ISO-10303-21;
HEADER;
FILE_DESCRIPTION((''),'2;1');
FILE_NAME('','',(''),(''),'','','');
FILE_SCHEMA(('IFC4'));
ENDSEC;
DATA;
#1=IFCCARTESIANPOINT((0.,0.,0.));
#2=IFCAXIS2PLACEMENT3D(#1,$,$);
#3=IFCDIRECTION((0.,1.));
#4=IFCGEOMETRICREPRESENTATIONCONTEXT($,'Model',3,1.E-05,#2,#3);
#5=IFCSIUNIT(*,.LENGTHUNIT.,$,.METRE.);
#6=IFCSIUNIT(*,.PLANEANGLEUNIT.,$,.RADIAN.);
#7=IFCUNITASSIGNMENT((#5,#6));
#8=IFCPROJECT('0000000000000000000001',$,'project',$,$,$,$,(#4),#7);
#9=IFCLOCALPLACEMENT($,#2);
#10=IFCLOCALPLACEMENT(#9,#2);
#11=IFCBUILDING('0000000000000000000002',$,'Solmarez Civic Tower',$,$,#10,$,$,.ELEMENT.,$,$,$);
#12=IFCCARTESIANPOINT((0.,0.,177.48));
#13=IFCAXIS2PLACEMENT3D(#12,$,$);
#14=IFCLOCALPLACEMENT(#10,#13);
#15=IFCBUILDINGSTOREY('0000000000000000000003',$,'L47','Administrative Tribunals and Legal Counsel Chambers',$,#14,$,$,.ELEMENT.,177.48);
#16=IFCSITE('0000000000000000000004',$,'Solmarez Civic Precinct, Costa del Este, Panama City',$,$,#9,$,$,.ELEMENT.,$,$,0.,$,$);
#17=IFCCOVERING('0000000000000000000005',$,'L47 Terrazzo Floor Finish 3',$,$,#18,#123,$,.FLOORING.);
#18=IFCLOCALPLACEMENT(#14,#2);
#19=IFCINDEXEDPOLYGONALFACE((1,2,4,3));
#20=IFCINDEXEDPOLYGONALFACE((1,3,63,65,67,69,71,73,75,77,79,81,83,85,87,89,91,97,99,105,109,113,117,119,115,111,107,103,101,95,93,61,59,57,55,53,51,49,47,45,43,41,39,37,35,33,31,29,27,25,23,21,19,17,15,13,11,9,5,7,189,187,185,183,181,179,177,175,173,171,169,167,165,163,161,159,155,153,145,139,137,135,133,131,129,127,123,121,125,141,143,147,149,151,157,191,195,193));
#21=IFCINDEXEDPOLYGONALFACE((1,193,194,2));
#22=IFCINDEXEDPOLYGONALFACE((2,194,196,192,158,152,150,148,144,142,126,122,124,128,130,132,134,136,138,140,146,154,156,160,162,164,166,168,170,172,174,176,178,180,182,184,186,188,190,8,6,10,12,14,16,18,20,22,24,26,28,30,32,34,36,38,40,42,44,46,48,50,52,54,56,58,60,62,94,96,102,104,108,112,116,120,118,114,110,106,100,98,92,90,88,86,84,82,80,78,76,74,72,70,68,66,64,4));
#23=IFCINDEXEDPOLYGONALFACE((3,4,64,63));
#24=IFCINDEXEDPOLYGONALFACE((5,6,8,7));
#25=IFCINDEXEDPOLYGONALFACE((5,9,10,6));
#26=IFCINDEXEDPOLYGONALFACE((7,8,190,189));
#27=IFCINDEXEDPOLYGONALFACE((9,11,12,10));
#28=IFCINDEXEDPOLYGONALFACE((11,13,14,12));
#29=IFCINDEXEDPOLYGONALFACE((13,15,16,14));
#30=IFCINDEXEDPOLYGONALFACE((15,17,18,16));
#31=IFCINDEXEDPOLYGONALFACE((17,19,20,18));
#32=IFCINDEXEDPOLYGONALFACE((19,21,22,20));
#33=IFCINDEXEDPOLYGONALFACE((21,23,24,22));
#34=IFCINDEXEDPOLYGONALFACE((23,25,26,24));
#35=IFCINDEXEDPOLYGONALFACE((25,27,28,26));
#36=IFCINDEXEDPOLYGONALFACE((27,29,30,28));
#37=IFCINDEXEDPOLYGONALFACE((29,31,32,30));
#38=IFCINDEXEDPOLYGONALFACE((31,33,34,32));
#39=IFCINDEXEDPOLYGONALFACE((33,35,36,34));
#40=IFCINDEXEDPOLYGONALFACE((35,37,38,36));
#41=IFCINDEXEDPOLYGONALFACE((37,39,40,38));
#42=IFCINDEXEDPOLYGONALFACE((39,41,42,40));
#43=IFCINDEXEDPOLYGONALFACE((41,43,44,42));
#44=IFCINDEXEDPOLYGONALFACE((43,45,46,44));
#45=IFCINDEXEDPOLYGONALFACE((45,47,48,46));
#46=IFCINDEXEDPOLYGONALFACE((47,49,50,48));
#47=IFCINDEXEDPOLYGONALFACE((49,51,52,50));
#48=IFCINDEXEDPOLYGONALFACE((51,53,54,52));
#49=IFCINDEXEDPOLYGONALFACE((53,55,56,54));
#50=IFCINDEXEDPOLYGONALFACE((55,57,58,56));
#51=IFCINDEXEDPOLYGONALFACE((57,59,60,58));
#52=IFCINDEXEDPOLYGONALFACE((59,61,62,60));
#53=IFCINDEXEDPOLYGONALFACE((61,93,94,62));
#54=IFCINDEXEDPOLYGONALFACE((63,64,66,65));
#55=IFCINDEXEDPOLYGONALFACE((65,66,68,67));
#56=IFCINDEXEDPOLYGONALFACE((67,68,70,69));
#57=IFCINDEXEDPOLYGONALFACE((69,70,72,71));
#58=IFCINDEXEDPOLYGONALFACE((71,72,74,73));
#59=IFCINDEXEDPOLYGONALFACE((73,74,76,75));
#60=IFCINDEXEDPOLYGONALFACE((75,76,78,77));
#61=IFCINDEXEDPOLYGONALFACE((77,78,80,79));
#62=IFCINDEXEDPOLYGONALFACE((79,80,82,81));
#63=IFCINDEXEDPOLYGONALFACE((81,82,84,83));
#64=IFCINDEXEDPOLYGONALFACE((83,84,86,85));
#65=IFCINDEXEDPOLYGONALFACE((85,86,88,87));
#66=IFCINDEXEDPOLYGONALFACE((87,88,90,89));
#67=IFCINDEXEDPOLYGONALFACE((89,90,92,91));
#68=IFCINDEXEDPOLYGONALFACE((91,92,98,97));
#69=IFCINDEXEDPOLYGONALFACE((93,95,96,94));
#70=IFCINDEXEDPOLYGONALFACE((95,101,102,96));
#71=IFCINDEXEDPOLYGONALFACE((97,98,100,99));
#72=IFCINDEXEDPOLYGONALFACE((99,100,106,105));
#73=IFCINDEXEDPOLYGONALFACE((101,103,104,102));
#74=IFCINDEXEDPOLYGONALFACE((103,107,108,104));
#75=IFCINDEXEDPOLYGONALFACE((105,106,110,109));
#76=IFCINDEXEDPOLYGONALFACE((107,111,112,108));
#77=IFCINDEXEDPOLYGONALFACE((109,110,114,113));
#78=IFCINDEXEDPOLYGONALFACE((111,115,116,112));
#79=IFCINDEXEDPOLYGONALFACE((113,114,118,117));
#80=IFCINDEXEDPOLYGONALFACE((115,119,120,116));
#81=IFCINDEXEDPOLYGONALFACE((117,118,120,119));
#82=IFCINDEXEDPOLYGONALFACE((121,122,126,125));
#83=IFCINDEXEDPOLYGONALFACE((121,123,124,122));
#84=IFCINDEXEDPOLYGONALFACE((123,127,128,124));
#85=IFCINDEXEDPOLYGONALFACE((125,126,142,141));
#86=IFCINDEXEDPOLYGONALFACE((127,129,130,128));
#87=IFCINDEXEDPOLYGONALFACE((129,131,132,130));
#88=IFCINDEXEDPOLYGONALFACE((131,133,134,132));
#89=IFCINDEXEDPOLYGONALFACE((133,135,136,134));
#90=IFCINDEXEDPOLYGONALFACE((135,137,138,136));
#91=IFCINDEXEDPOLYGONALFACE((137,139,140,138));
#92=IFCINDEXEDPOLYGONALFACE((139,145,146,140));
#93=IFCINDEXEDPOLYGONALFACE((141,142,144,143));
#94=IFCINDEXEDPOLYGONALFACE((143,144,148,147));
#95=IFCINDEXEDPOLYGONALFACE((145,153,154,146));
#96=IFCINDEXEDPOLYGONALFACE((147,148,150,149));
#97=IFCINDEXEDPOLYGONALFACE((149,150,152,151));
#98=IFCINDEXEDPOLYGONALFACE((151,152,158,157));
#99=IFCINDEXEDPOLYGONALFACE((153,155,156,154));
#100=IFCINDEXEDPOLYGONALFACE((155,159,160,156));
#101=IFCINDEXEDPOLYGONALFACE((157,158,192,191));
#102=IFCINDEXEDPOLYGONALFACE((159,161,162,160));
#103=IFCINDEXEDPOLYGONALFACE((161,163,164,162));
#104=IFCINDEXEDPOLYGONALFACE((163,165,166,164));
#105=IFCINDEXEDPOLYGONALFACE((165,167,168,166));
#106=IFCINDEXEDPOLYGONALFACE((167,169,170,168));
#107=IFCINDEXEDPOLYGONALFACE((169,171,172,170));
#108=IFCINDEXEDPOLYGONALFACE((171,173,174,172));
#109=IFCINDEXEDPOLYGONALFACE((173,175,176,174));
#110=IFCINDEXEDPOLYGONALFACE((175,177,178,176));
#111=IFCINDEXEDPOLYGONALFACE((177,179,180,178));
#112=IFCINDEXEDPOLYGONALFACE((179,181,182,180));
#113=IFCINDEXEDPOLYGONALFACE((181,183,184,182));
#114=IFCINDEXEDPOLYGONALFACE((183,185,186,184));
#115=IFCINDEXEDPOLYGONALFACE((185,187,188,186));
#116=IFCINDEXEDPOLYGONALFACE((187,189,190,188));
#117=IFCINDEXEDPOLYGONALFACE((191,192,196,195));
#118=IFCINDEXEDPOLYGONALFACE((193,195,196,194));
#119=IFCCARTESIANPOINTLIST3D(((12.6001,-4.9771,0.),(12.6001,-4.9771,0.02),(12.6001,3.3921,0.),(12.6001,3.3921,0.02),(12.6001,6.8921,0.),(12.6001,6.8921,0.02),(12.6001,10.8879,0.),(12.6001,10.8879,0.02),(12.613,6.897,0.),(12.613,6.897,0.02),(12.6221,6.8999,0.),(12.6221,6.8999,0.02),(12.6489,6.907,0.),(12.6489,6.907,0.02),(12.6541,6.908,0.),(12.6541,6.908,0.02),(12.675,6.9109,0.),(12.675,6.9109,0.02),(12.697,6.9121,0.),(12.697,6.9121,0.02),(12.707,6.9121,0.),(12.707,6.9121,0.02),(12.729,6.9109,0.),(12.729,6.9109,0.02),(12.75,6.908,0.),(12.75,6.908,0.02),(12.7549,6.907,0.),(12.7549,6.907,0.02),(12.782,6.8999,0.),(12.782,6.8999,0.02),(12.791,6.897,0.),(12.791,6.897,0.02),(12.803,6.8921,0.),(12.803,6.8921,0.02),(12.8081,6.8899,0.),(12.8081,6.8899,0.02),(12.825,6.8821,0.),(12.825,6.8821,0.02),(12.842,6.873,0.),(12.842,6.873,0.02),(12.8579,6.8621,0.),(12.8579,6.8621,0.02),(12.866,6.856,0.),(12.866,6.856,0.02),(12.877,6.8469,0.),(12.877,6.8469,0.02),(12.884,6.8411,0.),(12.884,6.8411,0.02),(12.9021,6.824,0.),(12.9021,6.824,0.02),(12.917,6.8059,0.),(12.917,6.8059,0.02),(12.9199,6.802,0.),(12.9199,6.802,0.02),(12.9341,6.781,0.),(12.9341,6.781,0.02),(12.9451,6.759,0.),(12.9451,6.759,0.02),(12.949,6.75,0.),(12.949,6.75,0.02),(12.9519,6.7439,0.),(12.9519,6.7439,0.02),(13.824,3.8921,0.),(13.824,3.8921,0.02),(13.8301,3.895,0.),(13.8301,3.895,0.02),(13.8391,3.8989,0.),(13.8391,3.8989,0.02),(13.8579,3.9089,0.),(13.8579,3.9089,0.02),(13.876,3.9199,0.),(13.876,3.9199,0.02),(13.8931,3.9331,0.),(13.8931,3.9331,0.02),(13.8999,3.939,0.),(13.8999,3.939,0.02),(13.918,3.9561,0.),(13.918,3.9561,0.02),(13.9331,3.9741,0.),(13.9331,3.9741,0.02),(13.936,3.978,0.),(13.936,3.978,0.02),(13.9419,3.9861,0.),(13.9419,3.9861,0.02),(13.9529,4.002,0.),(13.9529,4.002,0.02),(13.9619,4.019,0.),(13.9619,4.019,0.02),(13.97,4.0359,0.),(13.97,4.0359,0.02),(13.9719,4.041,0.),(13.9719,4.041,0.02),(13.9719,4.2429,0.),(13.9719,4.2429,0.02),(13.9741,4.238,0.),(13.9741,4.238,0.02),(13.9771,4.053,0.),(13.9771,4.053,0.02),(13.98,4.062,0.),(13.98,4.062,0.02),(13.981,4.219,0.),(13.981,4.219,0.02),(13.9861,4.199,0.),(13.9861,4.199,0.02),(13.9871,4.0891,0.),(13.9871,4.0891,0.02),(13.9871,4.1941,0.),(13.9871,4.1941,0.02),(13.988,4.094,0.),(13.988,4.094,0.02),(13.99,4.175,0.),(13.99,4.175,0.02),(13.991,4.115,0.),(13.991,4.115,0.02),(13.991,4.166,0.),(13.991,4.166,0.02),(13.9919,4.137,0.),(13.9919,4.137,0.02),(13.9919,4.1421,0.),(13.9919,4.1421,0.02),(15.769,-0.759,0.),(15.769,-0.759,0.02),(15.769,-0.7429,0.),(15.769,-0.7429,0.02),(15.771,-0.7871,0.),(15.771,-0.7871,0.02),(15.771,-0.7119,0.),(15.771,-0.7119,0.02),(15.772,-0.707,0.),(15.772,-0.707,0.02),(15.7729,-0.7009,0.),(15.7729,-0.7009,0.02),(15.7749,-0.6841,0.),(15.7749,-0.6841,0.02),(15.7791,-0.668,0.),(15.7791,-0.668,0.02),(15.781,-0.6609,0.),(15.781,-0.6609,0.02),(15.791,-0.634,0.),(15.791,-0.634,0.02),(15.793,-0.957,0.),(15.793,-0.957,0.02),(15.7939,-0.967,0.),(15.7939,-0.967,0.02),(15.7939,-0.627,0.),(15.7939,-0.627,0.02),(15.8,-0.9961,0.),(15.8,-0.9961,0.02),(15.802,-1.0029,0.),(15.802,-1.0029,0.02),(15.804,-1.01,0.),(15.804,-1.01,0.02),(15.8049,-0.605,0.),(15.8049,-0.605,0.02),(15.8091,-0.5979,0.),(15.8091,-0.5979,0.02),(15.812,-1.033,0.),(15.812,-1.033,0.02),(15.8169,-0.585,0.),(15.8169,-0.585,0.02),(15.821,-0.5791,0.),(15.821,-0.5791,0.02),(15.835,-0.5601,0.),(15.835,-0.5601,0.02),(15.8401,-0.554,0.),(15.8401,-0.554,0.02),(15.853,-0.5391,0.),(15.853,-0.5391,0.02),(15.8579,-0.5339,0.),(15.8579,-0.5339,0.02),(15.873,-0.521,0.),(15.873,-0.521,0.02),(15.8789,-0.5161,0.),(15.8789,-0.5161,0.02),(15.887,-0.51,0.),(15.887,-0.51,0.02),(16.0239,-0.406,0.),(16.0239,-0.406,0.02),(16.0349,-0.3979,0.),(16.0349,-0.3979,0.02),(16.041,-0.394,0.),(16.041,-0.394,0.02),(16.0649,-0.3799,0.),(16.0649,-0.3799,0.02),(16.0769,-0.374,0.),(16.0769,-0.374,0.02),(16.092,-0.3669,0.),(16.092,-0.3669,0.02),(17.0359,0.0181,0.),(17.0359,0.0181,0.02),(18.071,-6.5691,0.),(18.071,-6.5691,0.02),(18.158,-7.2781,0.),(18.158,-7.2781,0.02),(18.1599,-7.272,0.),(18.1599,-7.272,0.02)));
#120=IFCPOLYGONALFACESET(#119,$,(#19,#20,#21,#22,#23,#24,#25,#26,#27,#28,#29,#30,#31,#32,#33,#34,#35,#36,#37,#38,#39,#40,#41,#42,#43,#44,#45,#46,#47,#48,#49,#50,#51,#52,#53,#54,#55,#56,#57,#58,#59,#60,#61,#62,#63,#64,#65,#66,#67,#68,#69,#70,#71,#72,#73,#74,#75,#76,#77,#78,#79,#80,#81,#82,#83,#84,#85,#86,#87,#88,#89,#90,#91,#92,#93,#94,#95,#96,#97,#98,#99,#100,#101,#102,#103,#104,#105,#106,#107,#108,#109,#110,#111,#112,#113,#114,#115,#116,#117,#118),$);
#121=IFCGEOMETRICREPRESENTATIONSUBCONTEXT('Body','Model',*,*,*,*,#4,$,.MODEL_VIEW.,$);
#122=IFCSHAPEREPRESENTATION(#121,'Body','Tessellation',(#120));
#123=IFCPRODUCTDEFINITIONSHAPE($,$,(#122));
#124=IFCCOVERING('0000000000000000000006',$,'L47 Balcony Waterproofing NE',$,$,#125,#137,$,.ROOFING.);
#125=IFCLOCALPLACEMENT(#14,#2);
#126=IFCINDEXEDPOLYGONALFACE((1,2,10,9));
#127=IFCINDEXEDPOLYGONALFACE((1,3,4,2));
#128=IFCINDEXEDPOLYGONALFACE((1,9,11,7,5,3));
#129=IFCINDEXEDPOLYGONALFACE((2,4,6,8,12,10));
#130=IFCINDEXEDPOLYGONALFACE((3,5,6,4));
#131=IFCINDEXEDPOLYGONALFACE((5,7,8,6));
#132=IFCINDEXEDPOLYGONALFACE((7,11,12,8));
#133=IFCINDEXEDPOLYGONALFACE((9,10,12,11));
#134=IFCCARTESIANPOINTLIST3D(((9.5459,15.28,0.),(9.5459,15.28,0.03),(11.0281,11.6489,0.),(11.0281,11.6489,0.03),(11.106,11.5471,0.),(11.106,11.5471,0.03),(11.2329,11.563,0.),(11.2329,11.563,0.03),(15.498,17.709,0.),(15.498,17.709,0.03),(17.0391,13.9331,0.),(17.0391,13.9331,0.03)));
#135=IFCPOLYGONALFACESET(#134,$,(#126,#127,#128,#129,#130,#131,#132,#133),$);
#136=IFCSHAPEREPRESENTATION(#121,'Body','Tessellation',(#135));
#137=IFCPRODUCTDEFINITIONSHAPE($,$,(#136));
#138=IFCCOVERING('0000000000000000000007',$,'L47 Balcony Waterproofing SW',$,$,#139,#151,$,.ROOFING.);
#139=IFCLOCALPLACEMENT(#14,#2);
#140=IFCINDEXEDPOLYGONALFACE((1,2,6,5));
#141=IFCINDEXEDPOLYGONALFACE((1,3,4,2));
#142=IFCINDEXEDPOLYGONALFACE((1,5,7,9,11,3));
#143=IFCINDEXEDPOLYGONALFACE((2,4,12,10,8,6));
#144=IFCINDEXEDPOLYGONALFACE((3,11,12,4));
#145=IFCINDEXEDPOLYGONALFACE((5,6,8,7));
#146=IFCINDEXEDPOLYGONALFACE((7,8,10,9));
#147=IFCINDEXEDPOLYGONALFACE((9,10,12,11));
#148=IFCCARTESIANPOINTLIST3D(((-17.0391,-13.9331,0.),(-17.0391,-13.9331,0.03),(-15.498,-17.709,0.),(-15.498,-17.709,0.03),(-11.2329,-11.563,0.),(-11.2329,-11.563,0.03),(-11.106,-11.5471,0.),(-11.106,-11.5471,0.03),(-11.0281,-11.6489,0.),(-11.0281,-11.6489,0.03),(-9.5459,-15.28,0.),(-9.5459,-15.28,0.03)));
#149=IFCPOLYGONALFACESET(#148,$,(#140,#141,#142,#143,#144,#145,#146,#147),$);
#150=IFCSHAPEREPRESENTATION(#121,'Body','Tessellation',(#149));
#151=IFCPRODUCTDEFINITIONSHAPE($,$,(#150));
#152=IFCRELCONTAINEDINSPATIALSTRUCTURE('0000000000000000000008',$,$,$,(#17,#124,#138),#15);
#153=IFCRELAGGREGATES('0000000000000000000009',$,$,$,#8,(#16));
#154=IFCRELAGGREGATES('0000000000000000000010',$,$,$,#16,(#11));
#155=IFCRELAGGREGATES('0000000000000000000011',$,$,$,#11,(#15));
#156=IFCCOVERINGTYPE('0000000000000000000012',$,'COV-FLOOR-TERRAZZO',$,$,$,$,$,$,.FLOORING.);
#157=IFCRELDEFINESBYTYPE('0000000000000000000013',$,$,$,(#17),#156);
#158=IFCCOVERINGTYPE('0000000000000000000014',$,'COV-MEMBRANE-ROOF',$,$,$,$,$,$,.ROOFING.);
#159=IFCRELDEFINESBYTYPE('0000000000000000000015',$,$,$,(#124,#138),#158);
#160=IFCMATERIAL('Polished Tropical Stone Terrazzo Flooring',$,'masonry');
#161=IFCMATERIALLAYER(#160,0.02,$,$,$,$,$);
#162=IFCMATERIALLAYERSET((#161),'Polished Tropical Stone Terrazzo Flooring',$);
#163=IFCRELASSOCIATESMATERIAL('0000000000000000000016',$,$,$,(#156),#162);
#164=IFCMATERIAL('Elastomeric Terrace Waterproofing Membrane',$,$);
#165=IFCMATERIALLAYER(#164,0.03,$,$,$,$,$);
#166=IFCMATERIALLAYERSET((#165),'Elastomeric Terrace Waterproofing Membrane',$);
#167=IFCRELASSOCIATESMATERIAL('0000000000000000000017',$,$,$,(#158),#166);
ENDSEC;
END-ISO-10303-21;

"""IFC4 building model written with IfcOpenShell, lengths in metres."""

from ifc_helpers import new_model, si_unit, direction, frame, origin, place, context, subcontext, project, spatial, polyline, outline, extrude, material, layer, layer_set, type_object, element, save


model = new_model("IFC4")

# Units and contexts
model_context = context("Model", 3, precision=1e-05, world=origin(), true_north=direction((0.0, 1.0)))
body_context = subcontext(model_context, "Body", "Model", "MODEL_VIEW")
ifc_project = project(units=[si_unit("LENGTHUNIT", "METRE"), si_unit("PLANEANGLEUNIT", "RADIAN")], contexts=[model_context])

# Site, building, storey
site_placement = place(None, origin())
site = spatial("IfcSite", under=ifc_project, at=site_placement, Name="Solmarez Civic Precinct, Costa del Este, Panama City", CompositionType="ELEMENT", RefElevation=0.0)
building_placement = place(site_placement, origin())
building = spatial("IfcBuilding", under=site, at=building_placement, Name="Solmarez Civic Tower", CompositionType="ELEMENT")
storey_placement = place(building_placement, frame((0.0, 0.0, 177.48)))
storey = spatial("IfcBuildingStorey", under=building, at=storey_placement, Name="L47", Description="Administrative Tribunals and Legal Counsel Chambers", CompositionType="ELEMENT", Elevation=177.48)

# Coverings
ifc_material_1 = material(Name="Polished Tropical Stone Terrazzo Flooring", Category="masonry")
ifc_layer_1 = layer(ifc_material_1, 0.02)
ifc_layer_set_1 = layer_set([ifc_layer_1], Name="Polished Tropical Stone Terrazzo Flooring")
covering_type_1 = type_object("IfcCoveringType", Name="COV-FLOOR-TERRAZZO", PredefinedType="FLOORING", material=ifc_layer_set_1)
covering_1_placement = place(storey_placement, origin())
element("IfcCovering", 1, at=covering_1_placement, inside=storey, type_object=covering_type_1, Name="L47 Terrazzo Floor Finish 3", PredefinedType="FLOORING", context=body_context, shape_type="SweptSolid", body=[
    extrude(outline(polyline([(12.6001, 10.8879), (12.6001, 6.8921), (12.613, 6.897), (12.6221, 6.8999), (12.6489, 6.907), (12.6541, 6.908), (12.675, 6.9109), (12.697, 6.9121), (12.707, 6.9121), (12.729, 6.9109), (12.75, 6.908), (12.7549, 6.907), (12.782, 6.8999), (12.791, 6.897), (12.803, 6.8921), (12.8081, 6.8899), (12.825, 6.8821), (12.842, 6.873), (12.8579, 6.8621), (12.866, 6.856), (12.877, 6.8469), (12.884, 6.8411), (12.9021, 6.824), (12.917, 6.8059), (12.9199, 6.802), (12.9341, 6.781), (12.9451, 6.759), (12.949, 6.75), (12.9519, 6.7439), (13.9719, 4.2429), (13.9741, 4.238), (13.981, 4.219), (13.9861, 4.199), (13.9871, 4.1941), (13.99, 4.175), (13.991, 4.166), (13.9919, 4.1421), (13.9919, 4.137), (13.991, 4.115), (13.988, 4.094), (13.9871, 4.0891), (13.98, 4.062), (13.9771, 4.053), (13.9719, 4.041), (13.97, 4.0359), (13.9619, 4.019), (13.9529, 4.002), (13.9419, 3.9861), (13.936, 3.978), (13.9331, 3.9741), (13.918, 3.9561), (13.8999, 3.939), (13.8931, 3.9331), (13.876, 3.9199), (13.8579, 3.9089), (13.8391, 3.8989), (13.8301, 3.895), (13.824, 3.8921), (12.6001, 3.3921), (12.6001, -4.9771), (18.158, -7.2781), (18.1599, -7.272), (18.071, -6.5691), (15.812, -1.033), (15.804, -1.01), (15.802, -1.0029), (15.8, -0.9961), (15.7939, -0.967), (15.793, -0.957), (15.771, -0.7871), (15.769, -0.759), (15.769, -0.7429), (15.771, -0.7119), (15.772, -0.707), (15.7729, -0.7009), (15.7749, -0.6841), (15.7791, -0.668), (15.781, -0.6609), (15.791, -0.634), (15.7939, -0.627), (15.8049, -0.605), (15.8091, -0.5979), (15.8169, -0.585), (15.821, -0.5791), (15.835, -0.5601), (15.8401, -0.554), (15.853, -0.5391), (15.8579, -0.5339), (15.873, -0.521), (15.8789, -0.5161), (15.887, -0.51), (16.0239, -0.406), (16.0349, -0.3979), (16.041, -0.394), (16.0649, -0.3799), (16.0769, -0.374), (16.092, -0.3669), (17.0359, 0.0181), (12.6001, 10.8879)])), origin(), (0.0, 0.0, 1.0), 0.02),
])
ifc_material_2 = material(Name="Elastomeric Terrace Waterproofing Membrane")
ifc_layer_2 = layer(ifc_material_2, 0.03)
ifc_layer_set_2 = layer_set([ifc_layer_2], Name="Elastomeric Terrace Waterproofing Membrane")
covering_type_2 = type_object("IfcCoveringType", Name="COV-MEMBRANE-ROOF", PredefinedType="ROOFING", material=ifc_layer_set_2)
covering_2_placement = place(storey_placement, origin())
element("IfcCovering", 2, at=covering_2_placement, inside=storey, type_object=covering_type_2, Name="L47 Balcony Waterproofing NE", PredefinedType="ROOFING", context=body_context, shape_type="SweptSolid", body=[
    extrude(outline(polyline([(11.0281, 11.6489), (11.106, 11.5471), (11.2329, 11.563), (17.0391, 13.9331), (15.498, 17.709), (9.5459, 15.28), (11.0281, 11.6489)])), origin(), (0.0, 0.0, 1.0), 0.03),
])
covering_3_placement = place(storey_placement, origin())
element("IfcCovering", 3, at=covering_3_placement, inside=storey, type_object=covering_type_2, Name="L47 Balcony Waterproofing SW", PredefinedType="ROOFING", context=body_context, shape_type="SweptSolid", body=[
    extrude(outline(polyline([(-11.0281, -11.6489), (-11.106, -11.5471), (-11.2329, -11.563), (-17.0391, -13.9331), (-15.498, -17.709), (-9.5459, -15.28), (-11.0281, -11.6489)])), origin(), (0.0, 0.0, 1.0), 0.03),
])

save(model, "model.ifc")
